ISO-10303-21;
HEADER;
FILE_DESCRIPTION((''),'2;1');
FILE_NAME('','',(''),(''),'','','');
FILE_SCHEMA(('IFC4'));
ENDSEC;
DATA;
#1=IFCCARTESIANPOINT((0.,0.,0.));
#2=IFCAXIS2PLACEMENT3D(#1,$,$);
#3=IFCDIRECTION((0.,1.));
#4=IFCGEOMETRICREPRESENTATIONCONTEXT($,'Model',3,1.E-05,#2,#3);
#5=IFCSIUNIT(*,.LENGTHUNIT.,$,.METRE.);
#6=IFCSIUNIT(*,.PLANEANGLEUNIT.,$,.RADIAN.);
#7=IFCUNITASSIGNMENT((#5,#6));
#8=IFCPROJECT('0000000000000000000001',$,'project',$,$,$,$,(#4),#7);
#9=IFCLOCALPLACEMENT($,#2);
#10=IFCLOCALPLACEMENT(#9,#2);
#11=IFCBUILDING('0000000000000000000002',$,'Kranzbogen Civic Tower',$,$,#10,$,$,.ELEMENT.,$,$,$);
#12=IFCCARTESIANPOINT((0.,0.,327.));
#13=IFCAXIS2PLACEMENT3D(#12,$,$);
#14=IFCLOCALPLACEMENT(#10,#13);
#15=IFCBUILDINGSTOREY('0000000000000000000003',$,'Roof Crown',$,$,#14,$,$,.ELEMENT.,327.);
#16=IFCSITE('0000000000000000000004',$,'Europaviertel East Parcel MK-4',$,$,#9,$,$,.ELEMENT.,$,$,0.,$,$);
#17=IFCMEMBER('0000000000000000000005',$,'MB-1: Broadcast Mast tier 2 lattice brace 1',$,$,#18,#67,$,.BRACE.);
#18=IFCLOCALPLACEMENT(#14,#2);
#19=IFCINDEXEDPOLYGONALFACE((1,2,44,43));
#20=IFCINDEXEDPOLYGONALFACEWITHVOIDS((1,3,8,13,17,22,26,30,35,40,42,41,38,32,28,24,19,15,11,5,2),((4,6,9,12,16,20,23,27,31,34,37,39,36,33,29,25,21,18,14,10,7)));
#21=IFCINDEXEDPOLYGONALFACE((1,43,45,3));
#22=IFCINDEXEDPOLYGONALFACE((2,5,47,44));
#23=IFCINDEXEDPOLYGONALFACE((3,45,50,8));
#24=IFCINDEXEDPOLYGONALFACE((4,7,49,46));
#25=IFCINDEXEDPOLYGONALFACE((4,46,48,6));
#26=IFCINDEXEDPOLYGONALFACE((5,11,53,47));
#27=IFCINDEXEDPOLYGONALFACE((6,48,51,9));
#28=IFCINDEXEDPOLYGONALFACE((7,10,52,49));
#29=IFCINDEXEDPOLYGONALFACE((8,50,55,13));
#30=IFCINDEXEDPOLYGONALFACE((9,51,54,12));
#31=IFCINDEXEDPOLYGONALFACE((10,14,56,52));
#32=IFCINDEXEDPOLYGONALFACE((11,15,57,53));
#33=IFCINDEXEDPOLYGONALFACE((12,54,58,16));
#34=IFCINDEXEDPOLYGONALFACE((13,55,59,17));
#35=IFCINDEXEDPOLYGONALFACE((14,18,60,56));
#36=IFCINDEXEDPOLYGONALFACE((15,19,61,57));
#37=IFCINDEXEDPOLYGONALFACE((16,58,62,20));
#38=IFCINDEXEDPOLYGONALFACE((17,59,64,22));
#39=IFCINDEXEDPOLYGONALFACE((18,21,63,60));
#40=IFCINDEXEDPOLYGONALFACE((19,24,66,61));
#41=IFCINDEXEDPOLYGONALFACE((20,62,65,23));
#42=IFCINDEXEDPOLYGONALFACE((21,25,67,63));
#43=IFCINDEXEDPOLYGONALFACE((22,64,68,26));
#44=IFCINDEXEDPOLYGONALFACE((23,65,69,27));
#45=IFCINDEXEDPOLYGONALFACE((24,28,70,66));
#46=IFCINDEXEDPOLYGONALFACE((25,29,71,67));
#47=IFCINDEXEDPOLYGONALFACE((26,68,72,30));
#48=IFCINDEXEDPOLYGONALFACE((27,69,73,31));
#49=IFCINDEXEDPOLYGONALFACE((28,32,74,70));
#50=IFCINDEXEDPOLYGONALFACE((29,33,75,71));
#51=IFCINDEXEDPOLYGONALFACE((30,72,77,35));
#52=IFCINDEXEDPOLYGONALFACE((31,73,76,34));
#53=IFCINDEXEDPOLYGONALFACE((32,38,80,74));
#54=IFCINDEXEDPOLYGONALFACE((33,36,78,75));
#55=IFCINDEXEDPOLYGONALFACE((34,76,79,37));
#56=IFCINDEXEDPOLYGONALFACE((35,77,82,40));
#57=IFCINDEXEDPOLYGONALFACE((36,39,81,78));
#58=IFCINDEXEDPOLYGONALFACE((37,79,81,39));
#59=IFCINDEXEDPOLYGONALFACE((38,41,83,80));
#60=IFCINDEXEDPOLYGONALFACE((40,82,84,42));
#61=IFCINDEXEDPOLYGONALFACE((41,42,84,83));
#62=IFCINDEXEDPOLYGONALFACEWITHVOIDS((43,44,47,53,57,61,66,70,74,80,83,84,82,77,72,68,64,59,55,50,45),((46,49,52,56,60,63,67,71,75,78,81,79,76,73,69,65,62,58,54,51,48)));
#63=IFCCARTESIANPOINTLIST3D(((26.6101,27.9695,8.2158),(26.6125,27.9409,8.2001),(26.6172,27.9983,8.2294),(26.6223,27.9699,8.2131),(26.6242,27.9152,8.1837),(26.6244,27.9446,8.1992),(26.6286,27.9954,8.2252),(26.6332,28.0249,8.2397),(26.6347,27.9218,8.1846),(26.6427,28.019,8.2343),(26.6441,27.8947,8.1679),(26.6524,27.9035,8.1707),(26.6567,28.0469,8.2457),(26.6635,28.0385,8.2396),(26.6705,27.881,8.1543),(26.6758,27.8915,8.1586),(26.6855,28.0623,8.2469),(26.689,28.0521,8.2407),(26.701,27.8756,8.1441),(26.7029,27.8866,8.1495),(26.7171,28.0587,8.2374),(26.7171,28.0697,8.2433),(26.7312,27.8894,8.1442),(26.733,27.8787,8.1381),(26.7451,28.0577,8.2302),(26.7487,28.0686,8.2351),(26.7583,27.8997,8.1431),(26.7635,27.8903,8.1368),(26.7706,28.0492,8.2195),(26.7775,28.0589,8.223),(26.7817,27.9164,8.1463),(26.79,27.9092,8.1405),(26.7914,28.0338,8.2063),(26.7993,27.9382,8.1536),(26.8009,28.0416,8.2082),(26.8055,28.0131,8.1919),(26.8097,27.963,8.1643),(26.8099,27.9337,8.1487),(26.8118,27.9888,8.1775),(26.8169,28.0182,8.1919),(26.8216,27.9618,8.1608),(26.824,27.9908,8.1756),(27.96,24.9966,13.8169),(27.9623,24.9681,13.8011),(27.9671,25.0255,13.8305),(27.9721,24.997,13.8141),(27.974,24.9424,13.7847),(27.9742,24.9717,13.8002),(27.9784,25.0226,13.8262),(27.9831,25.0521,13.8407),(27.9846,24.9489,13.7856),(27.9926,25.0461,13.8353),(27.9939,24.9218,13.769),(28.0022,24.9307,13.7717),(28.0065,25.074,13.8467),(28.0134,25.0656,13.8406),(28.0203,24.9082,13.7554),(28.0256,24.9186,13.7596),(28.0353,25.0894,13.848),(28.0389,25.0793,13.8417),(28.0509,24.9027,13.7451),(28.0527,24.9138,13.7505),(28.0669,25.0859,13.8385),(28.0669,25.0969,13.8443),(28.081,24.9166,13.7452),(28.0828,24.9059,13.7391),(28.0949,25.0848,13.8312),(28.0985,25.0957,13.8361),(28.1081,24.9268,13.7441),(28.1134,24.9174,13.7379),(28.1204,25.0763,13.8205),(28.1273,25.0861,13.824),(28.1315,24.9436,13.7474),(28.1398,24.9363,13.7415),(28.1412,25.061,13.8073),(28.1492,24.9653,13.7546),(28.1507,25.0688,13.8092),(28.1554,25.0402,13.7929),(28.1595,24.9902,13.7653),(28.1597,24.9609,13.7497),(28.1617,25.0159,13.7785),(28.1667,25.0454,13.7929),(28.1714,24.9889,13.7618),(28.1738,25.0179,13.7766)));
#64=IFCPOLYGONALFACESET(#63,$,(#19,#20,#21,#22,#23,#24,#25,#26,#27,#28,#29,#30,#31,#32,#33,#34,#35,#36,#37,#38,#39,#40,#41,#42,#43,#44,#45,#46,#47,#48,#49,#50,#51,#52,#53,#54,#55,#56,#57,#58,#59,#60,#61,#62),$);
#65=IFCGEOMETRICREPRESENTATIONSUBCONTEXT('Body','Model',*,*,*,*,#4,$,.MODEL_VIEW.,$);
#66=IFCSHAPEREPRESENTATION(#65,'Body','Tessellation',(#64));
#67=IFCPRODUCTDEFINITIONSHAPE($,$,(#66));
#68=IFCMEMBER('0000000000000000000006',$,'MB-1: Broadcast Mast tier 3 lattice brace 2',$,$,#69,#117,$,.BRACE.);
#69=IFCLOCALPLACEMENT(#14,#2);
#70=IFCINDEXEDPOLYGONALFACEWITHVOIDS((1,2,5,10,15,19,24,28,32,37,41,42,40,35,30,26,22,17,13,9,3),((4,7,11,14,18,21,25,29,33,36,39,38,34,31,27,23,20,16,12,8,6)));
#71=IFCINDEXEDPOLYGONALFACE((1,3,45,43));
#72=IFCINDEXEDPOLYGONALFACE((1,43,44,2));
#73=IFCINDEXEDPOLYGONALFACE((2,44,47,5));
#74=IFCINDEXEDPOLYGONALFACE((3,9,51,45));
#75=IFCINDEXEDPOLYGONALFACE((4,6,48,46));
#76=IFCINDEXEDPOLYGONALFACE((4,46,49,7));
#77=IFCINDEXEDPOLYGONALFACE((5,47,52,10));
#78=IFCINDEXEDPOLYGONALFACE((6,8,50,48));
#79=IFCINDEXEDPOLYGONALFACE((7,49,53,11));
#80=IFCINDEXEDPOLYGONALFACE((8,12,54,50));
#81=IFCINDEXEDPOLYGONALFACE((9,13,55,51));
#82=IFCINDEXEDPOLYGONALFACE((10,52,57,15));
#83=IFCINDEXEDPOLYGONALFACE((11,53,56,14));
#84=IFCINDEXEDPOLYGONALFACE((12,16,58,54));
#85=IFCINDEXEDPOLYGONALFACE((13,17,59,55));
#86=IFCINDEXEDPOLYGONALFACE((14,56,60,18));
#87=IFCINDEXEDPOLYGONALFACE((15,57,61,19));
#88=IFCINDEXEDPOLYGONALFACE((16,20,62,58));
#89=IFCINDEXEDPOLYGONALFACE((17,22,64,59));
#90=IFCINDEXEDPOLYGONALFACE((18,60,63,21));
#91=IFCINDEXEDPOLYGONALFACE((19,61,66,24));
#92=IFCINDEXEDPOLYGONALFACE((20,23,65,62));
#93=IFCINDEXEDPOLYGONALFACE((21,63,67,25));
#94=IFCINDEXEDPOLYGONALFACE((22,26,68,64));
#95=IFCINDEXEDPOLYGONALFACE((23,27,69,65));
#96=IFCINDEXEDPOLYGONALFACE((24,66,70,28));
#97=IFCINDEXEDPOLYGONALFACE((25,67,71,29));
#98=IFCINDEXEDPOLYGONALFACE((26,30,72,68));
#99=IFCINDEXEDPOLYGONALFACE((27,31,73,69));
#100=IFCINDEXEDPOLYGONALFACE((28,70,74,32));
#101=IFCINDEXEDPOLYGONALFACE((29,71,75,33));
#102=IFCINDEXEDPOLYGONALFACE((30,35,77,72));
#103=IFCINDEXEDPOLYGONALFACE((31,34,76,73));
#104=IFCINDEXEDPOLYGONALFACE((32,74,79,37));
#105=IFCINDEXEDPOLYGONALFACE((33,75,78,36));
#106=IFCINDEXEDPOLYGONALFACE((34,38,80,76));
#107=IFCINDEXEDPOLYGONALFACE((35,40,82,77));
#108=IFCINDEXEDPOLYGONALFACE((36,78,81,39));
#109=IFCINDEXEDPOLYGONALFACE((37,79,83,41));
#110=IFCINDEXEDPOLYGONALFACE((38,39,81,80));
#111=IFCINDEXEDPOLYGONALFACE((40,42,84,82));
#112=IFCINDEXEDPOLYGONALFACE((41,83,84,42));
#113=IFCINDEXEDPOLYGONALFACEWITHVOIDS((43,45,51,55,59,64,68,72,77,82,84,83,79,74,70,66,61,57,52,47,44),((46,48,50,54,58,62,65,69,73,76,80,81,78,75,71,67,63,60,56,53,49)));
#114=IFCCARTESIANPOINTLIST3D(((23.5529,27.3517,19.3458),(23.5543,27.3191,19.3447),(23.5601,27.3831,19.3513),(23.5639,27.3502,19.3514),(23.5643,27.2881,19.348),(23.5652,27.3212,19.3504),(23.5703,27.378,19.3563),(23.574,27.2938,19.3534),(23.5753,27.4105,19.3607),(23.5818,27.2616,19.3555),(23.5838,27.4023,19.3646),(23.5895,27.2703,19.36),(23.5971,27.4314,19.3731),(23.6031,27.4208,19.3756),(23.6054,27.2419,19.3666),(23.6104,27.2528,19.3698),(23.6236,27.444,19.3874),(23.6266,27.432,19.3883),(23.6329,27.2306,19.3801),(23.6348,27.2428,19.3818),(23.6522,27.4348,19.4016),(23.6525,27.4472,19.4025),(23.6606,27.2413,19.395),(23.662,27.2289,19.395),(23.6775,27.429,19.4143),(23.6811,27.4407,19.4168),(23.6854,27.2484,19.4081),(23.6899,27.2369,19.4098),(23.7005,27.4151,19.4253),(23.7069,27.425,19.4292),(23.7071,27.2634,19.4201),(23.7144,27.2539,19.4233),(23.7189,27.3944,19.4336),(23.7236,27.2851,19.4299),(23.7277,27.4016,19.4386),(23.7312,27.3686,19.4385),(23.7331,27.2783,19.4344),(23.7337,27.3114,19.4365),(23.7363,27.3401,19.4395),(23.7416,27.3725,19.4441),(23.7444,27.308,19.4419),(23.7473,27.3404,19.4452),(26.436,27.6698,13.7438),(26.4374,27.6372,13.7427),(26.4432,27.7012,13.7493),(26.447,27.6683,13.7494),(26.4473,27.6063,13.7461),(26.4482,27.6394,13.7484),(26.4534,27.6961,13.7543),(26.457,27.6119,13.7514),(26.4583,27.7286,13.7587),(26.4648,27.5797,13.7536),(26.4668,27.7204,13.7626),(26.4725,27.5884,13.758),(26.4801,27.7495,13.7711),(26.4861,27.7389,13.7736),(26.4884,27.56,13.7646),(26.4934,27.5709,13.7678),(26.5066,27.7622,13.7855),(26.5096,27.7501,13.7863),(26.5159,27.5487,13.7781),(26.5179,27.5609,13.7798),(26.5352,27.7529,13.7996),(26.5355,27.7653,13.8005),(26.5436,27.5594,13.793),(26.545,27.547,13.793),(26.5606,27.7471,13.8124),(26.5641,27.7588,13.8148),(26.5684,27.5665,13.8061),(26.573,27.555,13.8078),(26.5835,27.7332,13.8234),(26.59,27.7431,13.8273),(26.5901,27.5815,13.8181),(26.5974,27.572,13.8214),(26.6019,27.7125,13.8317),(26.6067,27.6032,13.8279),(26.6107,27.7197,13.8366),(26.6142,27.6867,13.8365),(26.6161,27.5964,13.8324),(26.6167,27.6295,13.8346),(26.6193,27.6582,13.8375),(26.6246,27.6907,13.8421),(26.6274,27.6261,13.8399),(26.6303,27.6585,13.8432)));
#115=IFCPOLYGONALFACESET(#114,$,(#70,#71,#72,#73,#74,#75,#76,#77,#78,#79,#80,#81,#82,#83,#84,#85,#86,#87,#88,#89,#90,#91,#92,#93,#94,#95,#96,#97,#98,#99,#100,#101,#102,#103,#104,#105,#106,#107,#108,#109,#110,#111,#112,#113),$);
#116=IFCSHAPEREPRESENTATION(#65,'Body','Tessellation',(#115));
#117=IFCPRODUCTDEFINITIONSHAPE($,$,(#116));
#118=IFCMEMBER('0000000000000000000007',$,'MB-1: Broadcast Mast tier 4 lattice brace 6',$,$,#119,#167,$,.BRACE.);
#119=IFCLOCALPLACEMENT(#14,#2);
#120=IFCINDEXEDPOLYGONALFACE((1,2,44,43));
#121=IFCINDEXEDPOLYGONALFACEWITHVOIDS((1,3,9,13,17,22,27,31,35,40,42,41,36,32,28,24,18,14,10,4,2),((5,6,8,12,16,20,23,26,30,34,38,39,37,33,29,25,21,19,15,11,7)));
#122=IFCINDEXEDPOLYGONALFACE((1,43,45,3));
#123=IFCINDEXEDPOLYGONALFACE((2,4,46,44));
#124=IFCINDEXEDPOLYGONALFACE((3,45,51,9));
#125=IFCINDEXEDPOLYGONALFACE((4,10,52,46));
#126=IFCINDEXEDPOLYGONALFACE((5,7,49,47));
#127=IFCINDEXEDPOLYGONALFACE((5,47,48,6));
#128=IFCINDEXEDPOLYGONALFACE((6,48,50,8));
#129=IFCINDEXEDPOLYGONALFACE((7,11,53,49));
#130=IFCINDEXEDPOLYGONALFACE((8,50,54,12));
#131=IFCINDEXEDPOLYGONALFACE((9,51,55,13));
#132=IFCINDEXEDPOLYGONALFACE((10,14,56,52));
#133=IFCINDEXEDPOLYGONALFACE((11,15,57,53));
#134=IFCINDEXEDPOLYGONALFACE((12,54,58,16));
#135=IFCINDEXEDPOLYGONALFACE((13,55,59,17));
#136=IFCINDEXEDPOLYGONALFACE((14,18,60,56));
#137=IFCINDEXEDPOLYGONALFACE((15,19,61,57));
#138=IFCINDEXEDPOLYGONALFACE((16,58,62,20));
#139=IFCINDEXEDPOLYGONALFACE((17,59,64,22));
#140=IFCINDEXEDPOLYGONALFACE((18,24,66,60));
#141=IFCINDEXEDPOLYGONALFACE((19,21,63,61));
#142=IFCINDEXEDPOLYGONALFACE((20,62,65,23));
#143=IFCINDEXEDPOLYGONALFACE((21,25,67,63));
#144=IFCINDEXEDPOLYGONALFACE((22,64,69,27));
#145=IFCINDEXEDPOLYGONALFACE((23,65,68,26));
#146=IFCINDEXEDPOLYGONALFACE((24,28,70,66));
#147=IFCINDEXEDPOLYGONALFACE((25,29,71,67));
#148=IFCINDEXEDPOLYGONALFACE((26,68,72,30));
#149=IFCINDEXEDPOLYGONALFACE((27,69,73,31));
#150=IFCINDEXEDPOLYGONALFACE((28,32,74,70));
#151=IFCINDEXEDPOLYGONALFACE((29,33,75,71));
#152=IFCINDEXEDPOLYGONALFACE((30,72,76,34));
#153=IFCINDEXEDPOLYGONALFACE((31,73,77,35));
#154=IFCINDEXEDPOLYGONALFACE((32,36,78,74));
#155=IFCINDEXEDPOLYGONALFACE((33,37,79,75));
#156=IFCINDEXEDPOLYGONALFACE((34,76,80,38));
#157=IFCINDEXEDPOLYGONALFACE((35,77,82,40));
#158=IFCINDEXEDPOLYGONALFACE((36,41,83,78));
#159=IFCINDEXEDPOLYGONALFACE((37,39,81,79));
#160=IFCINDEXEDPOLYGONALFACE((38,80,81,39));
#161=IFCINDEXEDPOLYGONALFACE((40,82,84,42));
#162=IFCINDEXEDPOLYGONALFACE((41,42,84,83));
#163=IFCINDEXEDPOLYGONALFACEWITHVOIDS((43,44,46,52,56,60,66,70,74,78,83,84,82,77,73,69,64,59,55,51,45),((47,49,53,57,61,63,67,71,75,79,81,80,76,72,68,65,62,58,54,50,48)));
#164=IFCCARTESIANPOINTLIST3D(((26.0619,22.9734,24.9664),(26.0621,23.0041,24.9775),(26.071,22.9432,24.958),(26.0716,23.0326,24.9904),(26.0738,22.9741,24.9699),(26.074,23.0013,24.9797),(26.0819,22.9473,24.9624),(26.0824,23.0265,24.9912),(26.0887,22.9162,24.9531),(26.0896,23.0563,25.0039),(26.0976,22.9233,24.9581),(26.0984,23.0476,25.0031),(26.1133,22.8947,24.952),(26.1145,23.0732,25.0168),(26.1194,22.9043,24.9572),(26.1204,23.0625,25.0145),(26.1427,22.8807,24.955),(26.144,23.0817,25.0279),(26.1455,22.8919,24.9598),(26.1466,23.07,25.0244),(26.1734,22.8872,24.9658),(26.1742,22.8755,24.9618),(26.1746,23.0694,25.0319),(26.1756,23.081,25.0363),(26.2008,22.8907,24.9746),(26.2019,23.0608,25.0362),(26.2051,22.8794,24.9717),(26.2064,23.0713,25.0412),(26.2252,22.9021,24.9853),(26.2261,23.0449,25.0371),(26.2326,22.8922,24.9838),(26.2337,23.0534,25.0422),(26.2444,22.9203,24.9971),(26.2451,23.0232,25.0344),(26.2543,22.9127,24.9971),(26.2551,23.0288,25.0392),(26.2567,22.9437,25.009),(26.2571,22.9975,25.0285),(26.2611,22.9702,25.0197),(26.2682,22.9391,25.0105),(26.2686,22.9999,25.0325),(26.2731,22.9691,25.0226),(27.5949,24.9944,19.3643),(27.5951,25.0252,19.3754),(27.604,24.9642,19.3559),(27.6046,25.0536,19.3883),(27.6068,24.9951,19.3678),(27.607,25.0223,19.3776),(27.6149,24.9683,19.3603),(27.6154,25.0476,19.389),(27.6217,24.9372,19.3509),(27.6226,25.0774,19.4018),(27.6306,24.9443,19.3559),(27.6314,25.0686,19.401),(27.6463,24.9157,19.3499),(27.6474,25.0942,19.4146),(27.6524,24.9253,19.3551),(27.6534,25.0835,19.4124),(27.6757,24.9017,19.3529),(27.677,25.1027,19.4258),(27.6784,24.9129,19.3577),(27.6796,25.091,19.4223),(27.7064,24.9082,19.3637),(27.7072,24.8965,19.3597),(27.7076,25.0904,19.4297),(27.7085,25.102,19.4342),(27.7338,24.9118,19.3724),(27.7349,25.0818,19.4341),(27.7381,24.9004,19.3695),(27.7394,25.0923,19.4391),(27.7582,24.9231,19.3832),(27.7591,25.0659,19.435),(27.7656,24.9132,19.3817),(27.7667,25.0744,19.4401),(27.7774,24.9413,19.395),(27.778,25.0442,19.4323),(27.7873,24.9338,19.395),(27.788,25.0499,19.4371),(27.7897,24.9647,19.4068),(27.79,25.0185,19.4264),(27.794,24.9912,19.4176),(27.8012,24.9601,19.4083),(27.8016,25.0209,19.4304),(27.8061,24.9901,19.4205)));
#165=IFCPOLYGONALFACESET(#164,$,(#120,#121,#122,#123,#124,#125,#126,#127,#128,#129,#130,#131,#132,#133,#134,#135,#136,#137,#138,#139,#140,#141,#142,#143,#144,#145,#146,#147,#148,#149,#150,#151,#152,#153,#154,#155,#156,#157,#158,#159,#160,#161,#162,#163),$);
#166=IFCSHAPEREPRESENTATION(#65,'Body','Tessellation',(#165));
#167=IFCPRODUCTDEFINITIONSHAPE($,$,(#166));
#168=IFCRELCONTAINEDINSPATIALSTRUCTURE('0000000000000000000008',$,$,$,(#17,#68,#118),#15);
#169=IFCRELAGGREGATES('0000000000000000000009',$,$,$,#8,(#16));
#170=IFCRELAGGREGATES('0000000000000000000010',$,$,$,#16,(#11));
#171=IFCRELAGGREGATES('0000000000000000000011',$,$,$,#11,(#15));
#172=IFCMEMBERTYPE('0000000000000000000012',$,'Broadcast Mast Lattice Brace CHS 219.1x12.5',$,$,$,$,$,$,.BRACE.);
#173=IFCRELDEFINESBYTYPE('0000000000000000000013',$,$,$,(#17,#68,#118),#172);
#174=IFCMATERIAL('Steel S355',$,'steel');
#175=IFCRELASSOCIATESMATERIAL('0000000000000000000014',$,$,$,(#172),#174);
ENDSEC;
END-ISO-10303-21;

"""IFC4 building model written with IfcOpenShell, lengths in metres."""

from ifc_helpers import new_model, si_unit, direction, frame, origin, origin_2d, place, context, subcontext, project, spatial, hollow_circle, extrude, material, material_profile, profile_set, type_object, element, save


model = new_model("IFC4")

# Units and contexts
model_context = context("Model", 3, precision=1e-05, world=origin(), true_north=direction((0.0, 1.0)))
body_context = subcontext(model_context, "Body", "Model", "MODEL_VIEW")
ifc_project = project(units=[si_unit("LENGTHUNIT", "METRE"), si_unit("PLANEANGLEUNIT", "RADIAN")], contexts=[model_context])

# Site, building, storey
site_placement = place(None, origin())
site = spatial("IfcSite", under=ifc_project, at=site_placement, Name="Europaviertel East Parcel MK-4", CompositionType="ELEMENT", RefElevation=0.0)
building_placement = place(site_placement, origin())
building = spatial("IfcBuilding", under=site, at=building_placement, Name="Kranzbogen Civic Tower", CompositionType="ELEMENT")
storey_placement = place(building_placement, frame((0.0, 0.0, 327.0)))
storey = spatial("IfcBuildingStorey", under=building, at=storey_placement, Name="Roof Crown", CompositionType="ELEMENT", Elevation=327.0)

# Shared definitions
ifc_material_1 = material(Name="Steel S355", Category="steel")

# Members
ifc_material_profile_1 = material_profile(ifc_material_1, hollow_circle(Radius=0.1096, WallThickness=0.0125, at=origin_2d()), Name="CHS 219.1x12.5")
ifc_profile_set_1 = profile_set([ifc_material_profile_1], Name="Steel S355")
member_type_1 = type_object("IfcMemberType", Name="Broadcast Mast Lattice Brace CHS 219.1x12.5", PredefinedType="BRACE", material=ifc_profile_set_1)
member_1_placement = place(storey_placement, frame((26.717, 27.9729, 8.1919), z_axis=(0.208207, -0.458552, 0.863933), x_axis=(0.910535, 0.413431, 0.0)))
element("IfcMember", 1, at=member_1_placement, inside=storey, type_object=member_type_1, Name="MB-1: Broadcast Mast tier 2 lattice brace 1", PredefinedType="BRACE", context=body_context, shape_type="SweptSolid", body=[
    extrude(hollow_circle(Radius=0.1096, WallThickness=0.0125, at=origin_2d()), origin(), (0.0, 0.0, 1.0), 6.4832),
])
member_2_placement = place(storey_placement, frame((26.533, 27.656, 13.793), z_axis=(-0.457017, -0.050427, 0.888027), x_axis=(0.109674, -0.993968, 0.0)))
element("IfcMember", 2, at=member_2_placement, inside=storey, type_object=member_type_1, Name="MB-1: Broadcast Mast tier 3 lattice brace 2", PredefinedType="BRACE", context=body_context, shape_type="SweptSolid", body=[
    extrude(hollow_circle(Radius=0.1096, WallThickness=0.0125, at=origin_2d()), origin(), (0.0, 0.0, 1.0), 6.3083),
])
member_3_placement = place(storey_placement, frame((27.7, 25.0, 19.395), z_axis=(-0.249279, -0.32864, 0.910964), x_axis=(0.796731, -0.604334, 0.0)))
element("IfcMember", 3, at=member_3_placement, inside=storey, type_object=member_type_1, Name="MB-1: Broadcast Mast tier 4 lattice brace 6", PredefinedType="BRACE", context=body_context, shape_type="SweptSolid", body=[
    extrude(hollow_circle(Radius=0.1096, WallThickness=0.0125, at=origin_2d()), origin(), (0.0, 0.0, 1.0), 6.1497),
])

save(model, "model.ifc")
